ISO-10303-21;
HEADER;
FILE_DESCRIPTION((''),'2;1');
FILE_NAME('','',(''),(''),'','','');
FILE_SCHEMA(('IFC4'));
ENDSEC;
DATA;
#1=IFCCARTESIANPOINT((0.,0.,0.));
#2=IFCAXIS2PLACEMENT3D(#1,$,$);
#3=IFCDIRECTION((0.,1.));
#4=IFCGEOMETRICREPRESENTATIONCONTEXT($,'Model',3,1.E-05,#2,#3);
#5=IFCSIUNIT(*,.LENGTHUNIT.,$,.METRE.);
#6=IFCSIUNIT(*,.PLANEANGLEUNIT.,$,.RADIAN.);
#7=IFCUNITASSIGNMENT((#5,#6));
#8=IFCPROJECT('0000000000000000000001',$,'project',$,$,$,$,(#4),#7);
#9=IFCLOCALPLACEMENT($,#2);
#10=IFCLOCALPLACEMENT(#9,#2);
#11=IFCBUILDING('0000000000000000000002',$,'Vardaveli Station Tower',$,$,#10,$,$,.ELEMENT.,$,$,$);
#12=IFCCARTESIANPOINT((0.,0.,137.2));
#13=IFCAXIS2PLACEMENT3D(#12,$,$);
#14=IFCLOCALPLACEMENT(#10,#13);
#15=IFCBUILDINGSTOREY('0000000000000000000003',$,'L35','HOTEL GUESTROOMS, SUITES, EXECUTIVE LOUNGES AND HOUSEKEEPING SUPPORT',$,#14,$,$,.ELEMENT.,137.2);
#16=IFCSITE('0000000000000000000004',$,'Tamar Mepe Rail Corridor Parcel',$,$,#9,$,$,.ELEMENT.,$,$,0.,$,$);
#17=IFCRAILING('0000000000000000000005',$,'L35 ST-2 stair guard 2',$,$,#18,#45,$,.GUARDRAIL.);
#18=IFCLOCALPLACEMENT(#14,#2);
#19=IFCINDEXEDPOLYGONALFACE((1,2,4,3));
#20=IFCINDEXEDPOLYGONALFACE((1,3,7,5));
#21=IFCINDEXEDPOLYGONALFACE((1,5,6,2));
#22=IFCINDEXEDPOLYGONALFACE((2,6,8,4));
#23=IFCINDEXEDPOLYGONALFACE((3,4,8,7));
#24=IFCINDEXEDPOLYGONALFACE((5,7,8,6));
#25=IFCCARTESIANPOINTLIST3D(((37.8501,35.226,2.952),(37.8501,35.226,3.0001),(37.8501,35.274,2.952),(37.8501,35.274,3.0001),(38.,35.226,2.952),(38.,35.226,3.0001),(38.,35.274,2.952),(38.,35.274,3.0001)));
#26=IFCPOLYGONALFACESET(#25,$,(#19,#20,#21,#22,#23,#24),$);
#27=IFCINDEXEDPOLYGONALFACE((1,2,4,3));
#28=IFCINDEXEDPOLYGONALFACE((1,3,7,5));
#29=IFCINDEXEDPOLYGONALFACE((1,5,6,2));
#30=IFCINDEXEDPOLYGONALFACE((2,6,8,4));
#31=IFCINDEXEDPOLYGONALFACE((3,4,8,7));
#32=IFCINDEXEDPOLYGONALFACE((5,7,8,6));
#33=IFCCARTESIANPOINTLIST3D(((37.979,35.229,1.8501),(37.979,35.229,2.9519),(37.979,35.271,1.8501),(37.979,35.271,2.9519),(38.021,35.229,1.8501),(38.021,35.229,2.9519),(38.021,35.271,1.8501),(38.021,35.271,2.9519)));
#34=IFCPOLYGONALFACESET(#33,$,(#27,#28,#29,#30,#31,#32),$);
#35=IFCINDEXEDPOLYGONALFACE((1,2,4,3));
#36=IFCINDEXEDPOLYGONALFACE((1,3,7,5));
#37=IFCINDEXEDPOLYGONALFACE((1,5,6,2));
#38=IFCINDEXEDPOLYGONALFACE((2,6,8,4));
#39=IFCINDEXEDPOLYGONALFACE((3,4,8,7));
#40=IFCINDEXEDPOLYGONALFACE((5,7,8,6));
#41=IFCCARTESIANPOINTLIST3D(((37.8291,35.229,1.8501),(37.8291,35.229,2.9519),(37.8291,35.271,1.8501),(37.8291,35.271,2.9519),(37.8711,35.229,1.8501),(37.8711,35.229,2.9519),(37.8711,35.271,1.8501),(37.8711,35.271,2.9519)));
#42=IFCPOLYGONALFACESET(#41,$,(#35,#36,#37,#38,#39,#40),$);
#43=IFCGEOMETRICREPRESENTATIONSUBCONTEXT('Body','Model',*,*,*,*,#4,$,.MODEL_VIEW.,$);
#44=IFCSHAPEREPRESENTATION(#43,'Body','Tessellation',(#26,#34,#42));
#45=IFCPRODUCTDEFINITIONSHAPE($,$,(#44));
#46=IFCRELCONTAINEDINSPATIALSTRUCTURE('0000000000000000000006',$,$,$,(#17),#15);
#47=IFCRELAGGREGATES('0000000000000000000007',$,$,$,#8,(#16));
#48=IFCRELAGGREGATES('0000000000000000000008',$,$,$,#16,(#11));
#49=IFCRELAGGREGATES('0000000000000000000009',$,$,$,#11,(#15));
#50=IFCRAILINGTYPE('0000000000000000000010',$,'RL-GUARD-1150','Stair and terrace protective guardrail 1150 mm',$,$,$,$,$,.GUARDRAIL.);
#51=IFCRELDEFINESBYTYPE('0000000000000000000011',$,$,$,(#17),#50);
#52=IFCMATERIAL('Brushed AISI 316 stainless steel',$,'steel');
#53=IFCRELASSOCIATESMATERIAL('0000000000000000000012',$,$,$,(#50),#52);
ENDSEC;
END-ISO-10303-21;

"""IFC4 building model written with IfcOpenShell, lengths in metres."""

from ifc_helpers import new_model, si_unit, direction, frame, origin, origin_2d, place, context, subcontext, project, spatial, rectangle, extrude, source, transform, mapped, material, type_object, element, save


model = new_model("IFC4")

# Units and contexts
model_context = context("Model", 3, precision=1e-05, world=origin(), true_north=direction((0.0, 1.0)))
body_context = subcontext(model_context, "Body", "Model", "MODEL_VIEW")
ifc_project = project(units=[si_unit("LENGTHUNIT", "METRE"), si_unit("PLANEANGLEUNIT", "RADIAN")], contexts=[model_context])

# Site, building, storey
site_placement = place(None, origin())
site = spatial("IfcSite", under=ifc_project, at=site_placement, Name="Tamar Mepe Rail Corridor Parcel", CompositionType="ELEMENT", RefElevation=0.0)
building_placement = place(site_placement, origin())
building = spatial("IfcBuilding", under=site, at=building_placement, Name="Vardaveli Station Tower", CompositionType="ELEMENT")
storey_placement = place(building_placement, frame((0.0, 0.0, 137.2)))
storey = spatial("IfcBuildingStorey", under=building, at=storey_placement, Name="L35", Description="HOTEL GUESTROOMS, SUITES, EXECUTIVE LOUNGES AND HOUSEKEEPING SUPPORT", CompositionType="ELEMENT", Elevation=137.2)

# Railing
ifc_material_1 = material(Name="Brushed AISI 316 stainless steel", Category="steel")
railing_type = type_object("IfcRailingType", Name="RL-GUARD-1150", Description="Stair and terrace protective guardrail 1150 mm", PredefinedType="GUARDRAIL", material=ifc_material_1)
shared_shape_1 = source(origin(), body_context, "Body", "SweptSolid", [
    extrude(rectangle(XDim=0.0481, YDim=0.0481, at=origin_2d()), frame((0.0, 0.0, 1.126), z_axis=(-1.0, 0.0, 0.0), x_axis=(0.0, -1.0, 0.0)), (0.0, 0.0, 1.0), 0.1499),
    extrude(rectangle(XDim=0.042, YDim=0.042, at=origin_2d()), origin(), (0.0, 0.0, 1.0), 1.1018),
    extrude(rectangle(XDim=0.042, YDim=0.042, at=origin_2d()), frame((-0.1499, 0.0, 0.0)), (0.0, 0.0, 1.0), 1.1018),
])
for number, where, name in (
    (1, (38.0, 35.25, 1.8501), "L35 ST-2 stair guard 2"),
):
    element("IfcRailing", number, at=place(storey_placement, frame(where)), inside=storey, type_object=railing_type, Name=name, PredefinedType="GUARDRAIL", context=body_context, shape_type="MappedRepresentation", body=[
        mapped(shared_shape_1, transform((0.0, 0.0, 0.0), scale=1.0)),
    ])

save(model, "model.ifc")
